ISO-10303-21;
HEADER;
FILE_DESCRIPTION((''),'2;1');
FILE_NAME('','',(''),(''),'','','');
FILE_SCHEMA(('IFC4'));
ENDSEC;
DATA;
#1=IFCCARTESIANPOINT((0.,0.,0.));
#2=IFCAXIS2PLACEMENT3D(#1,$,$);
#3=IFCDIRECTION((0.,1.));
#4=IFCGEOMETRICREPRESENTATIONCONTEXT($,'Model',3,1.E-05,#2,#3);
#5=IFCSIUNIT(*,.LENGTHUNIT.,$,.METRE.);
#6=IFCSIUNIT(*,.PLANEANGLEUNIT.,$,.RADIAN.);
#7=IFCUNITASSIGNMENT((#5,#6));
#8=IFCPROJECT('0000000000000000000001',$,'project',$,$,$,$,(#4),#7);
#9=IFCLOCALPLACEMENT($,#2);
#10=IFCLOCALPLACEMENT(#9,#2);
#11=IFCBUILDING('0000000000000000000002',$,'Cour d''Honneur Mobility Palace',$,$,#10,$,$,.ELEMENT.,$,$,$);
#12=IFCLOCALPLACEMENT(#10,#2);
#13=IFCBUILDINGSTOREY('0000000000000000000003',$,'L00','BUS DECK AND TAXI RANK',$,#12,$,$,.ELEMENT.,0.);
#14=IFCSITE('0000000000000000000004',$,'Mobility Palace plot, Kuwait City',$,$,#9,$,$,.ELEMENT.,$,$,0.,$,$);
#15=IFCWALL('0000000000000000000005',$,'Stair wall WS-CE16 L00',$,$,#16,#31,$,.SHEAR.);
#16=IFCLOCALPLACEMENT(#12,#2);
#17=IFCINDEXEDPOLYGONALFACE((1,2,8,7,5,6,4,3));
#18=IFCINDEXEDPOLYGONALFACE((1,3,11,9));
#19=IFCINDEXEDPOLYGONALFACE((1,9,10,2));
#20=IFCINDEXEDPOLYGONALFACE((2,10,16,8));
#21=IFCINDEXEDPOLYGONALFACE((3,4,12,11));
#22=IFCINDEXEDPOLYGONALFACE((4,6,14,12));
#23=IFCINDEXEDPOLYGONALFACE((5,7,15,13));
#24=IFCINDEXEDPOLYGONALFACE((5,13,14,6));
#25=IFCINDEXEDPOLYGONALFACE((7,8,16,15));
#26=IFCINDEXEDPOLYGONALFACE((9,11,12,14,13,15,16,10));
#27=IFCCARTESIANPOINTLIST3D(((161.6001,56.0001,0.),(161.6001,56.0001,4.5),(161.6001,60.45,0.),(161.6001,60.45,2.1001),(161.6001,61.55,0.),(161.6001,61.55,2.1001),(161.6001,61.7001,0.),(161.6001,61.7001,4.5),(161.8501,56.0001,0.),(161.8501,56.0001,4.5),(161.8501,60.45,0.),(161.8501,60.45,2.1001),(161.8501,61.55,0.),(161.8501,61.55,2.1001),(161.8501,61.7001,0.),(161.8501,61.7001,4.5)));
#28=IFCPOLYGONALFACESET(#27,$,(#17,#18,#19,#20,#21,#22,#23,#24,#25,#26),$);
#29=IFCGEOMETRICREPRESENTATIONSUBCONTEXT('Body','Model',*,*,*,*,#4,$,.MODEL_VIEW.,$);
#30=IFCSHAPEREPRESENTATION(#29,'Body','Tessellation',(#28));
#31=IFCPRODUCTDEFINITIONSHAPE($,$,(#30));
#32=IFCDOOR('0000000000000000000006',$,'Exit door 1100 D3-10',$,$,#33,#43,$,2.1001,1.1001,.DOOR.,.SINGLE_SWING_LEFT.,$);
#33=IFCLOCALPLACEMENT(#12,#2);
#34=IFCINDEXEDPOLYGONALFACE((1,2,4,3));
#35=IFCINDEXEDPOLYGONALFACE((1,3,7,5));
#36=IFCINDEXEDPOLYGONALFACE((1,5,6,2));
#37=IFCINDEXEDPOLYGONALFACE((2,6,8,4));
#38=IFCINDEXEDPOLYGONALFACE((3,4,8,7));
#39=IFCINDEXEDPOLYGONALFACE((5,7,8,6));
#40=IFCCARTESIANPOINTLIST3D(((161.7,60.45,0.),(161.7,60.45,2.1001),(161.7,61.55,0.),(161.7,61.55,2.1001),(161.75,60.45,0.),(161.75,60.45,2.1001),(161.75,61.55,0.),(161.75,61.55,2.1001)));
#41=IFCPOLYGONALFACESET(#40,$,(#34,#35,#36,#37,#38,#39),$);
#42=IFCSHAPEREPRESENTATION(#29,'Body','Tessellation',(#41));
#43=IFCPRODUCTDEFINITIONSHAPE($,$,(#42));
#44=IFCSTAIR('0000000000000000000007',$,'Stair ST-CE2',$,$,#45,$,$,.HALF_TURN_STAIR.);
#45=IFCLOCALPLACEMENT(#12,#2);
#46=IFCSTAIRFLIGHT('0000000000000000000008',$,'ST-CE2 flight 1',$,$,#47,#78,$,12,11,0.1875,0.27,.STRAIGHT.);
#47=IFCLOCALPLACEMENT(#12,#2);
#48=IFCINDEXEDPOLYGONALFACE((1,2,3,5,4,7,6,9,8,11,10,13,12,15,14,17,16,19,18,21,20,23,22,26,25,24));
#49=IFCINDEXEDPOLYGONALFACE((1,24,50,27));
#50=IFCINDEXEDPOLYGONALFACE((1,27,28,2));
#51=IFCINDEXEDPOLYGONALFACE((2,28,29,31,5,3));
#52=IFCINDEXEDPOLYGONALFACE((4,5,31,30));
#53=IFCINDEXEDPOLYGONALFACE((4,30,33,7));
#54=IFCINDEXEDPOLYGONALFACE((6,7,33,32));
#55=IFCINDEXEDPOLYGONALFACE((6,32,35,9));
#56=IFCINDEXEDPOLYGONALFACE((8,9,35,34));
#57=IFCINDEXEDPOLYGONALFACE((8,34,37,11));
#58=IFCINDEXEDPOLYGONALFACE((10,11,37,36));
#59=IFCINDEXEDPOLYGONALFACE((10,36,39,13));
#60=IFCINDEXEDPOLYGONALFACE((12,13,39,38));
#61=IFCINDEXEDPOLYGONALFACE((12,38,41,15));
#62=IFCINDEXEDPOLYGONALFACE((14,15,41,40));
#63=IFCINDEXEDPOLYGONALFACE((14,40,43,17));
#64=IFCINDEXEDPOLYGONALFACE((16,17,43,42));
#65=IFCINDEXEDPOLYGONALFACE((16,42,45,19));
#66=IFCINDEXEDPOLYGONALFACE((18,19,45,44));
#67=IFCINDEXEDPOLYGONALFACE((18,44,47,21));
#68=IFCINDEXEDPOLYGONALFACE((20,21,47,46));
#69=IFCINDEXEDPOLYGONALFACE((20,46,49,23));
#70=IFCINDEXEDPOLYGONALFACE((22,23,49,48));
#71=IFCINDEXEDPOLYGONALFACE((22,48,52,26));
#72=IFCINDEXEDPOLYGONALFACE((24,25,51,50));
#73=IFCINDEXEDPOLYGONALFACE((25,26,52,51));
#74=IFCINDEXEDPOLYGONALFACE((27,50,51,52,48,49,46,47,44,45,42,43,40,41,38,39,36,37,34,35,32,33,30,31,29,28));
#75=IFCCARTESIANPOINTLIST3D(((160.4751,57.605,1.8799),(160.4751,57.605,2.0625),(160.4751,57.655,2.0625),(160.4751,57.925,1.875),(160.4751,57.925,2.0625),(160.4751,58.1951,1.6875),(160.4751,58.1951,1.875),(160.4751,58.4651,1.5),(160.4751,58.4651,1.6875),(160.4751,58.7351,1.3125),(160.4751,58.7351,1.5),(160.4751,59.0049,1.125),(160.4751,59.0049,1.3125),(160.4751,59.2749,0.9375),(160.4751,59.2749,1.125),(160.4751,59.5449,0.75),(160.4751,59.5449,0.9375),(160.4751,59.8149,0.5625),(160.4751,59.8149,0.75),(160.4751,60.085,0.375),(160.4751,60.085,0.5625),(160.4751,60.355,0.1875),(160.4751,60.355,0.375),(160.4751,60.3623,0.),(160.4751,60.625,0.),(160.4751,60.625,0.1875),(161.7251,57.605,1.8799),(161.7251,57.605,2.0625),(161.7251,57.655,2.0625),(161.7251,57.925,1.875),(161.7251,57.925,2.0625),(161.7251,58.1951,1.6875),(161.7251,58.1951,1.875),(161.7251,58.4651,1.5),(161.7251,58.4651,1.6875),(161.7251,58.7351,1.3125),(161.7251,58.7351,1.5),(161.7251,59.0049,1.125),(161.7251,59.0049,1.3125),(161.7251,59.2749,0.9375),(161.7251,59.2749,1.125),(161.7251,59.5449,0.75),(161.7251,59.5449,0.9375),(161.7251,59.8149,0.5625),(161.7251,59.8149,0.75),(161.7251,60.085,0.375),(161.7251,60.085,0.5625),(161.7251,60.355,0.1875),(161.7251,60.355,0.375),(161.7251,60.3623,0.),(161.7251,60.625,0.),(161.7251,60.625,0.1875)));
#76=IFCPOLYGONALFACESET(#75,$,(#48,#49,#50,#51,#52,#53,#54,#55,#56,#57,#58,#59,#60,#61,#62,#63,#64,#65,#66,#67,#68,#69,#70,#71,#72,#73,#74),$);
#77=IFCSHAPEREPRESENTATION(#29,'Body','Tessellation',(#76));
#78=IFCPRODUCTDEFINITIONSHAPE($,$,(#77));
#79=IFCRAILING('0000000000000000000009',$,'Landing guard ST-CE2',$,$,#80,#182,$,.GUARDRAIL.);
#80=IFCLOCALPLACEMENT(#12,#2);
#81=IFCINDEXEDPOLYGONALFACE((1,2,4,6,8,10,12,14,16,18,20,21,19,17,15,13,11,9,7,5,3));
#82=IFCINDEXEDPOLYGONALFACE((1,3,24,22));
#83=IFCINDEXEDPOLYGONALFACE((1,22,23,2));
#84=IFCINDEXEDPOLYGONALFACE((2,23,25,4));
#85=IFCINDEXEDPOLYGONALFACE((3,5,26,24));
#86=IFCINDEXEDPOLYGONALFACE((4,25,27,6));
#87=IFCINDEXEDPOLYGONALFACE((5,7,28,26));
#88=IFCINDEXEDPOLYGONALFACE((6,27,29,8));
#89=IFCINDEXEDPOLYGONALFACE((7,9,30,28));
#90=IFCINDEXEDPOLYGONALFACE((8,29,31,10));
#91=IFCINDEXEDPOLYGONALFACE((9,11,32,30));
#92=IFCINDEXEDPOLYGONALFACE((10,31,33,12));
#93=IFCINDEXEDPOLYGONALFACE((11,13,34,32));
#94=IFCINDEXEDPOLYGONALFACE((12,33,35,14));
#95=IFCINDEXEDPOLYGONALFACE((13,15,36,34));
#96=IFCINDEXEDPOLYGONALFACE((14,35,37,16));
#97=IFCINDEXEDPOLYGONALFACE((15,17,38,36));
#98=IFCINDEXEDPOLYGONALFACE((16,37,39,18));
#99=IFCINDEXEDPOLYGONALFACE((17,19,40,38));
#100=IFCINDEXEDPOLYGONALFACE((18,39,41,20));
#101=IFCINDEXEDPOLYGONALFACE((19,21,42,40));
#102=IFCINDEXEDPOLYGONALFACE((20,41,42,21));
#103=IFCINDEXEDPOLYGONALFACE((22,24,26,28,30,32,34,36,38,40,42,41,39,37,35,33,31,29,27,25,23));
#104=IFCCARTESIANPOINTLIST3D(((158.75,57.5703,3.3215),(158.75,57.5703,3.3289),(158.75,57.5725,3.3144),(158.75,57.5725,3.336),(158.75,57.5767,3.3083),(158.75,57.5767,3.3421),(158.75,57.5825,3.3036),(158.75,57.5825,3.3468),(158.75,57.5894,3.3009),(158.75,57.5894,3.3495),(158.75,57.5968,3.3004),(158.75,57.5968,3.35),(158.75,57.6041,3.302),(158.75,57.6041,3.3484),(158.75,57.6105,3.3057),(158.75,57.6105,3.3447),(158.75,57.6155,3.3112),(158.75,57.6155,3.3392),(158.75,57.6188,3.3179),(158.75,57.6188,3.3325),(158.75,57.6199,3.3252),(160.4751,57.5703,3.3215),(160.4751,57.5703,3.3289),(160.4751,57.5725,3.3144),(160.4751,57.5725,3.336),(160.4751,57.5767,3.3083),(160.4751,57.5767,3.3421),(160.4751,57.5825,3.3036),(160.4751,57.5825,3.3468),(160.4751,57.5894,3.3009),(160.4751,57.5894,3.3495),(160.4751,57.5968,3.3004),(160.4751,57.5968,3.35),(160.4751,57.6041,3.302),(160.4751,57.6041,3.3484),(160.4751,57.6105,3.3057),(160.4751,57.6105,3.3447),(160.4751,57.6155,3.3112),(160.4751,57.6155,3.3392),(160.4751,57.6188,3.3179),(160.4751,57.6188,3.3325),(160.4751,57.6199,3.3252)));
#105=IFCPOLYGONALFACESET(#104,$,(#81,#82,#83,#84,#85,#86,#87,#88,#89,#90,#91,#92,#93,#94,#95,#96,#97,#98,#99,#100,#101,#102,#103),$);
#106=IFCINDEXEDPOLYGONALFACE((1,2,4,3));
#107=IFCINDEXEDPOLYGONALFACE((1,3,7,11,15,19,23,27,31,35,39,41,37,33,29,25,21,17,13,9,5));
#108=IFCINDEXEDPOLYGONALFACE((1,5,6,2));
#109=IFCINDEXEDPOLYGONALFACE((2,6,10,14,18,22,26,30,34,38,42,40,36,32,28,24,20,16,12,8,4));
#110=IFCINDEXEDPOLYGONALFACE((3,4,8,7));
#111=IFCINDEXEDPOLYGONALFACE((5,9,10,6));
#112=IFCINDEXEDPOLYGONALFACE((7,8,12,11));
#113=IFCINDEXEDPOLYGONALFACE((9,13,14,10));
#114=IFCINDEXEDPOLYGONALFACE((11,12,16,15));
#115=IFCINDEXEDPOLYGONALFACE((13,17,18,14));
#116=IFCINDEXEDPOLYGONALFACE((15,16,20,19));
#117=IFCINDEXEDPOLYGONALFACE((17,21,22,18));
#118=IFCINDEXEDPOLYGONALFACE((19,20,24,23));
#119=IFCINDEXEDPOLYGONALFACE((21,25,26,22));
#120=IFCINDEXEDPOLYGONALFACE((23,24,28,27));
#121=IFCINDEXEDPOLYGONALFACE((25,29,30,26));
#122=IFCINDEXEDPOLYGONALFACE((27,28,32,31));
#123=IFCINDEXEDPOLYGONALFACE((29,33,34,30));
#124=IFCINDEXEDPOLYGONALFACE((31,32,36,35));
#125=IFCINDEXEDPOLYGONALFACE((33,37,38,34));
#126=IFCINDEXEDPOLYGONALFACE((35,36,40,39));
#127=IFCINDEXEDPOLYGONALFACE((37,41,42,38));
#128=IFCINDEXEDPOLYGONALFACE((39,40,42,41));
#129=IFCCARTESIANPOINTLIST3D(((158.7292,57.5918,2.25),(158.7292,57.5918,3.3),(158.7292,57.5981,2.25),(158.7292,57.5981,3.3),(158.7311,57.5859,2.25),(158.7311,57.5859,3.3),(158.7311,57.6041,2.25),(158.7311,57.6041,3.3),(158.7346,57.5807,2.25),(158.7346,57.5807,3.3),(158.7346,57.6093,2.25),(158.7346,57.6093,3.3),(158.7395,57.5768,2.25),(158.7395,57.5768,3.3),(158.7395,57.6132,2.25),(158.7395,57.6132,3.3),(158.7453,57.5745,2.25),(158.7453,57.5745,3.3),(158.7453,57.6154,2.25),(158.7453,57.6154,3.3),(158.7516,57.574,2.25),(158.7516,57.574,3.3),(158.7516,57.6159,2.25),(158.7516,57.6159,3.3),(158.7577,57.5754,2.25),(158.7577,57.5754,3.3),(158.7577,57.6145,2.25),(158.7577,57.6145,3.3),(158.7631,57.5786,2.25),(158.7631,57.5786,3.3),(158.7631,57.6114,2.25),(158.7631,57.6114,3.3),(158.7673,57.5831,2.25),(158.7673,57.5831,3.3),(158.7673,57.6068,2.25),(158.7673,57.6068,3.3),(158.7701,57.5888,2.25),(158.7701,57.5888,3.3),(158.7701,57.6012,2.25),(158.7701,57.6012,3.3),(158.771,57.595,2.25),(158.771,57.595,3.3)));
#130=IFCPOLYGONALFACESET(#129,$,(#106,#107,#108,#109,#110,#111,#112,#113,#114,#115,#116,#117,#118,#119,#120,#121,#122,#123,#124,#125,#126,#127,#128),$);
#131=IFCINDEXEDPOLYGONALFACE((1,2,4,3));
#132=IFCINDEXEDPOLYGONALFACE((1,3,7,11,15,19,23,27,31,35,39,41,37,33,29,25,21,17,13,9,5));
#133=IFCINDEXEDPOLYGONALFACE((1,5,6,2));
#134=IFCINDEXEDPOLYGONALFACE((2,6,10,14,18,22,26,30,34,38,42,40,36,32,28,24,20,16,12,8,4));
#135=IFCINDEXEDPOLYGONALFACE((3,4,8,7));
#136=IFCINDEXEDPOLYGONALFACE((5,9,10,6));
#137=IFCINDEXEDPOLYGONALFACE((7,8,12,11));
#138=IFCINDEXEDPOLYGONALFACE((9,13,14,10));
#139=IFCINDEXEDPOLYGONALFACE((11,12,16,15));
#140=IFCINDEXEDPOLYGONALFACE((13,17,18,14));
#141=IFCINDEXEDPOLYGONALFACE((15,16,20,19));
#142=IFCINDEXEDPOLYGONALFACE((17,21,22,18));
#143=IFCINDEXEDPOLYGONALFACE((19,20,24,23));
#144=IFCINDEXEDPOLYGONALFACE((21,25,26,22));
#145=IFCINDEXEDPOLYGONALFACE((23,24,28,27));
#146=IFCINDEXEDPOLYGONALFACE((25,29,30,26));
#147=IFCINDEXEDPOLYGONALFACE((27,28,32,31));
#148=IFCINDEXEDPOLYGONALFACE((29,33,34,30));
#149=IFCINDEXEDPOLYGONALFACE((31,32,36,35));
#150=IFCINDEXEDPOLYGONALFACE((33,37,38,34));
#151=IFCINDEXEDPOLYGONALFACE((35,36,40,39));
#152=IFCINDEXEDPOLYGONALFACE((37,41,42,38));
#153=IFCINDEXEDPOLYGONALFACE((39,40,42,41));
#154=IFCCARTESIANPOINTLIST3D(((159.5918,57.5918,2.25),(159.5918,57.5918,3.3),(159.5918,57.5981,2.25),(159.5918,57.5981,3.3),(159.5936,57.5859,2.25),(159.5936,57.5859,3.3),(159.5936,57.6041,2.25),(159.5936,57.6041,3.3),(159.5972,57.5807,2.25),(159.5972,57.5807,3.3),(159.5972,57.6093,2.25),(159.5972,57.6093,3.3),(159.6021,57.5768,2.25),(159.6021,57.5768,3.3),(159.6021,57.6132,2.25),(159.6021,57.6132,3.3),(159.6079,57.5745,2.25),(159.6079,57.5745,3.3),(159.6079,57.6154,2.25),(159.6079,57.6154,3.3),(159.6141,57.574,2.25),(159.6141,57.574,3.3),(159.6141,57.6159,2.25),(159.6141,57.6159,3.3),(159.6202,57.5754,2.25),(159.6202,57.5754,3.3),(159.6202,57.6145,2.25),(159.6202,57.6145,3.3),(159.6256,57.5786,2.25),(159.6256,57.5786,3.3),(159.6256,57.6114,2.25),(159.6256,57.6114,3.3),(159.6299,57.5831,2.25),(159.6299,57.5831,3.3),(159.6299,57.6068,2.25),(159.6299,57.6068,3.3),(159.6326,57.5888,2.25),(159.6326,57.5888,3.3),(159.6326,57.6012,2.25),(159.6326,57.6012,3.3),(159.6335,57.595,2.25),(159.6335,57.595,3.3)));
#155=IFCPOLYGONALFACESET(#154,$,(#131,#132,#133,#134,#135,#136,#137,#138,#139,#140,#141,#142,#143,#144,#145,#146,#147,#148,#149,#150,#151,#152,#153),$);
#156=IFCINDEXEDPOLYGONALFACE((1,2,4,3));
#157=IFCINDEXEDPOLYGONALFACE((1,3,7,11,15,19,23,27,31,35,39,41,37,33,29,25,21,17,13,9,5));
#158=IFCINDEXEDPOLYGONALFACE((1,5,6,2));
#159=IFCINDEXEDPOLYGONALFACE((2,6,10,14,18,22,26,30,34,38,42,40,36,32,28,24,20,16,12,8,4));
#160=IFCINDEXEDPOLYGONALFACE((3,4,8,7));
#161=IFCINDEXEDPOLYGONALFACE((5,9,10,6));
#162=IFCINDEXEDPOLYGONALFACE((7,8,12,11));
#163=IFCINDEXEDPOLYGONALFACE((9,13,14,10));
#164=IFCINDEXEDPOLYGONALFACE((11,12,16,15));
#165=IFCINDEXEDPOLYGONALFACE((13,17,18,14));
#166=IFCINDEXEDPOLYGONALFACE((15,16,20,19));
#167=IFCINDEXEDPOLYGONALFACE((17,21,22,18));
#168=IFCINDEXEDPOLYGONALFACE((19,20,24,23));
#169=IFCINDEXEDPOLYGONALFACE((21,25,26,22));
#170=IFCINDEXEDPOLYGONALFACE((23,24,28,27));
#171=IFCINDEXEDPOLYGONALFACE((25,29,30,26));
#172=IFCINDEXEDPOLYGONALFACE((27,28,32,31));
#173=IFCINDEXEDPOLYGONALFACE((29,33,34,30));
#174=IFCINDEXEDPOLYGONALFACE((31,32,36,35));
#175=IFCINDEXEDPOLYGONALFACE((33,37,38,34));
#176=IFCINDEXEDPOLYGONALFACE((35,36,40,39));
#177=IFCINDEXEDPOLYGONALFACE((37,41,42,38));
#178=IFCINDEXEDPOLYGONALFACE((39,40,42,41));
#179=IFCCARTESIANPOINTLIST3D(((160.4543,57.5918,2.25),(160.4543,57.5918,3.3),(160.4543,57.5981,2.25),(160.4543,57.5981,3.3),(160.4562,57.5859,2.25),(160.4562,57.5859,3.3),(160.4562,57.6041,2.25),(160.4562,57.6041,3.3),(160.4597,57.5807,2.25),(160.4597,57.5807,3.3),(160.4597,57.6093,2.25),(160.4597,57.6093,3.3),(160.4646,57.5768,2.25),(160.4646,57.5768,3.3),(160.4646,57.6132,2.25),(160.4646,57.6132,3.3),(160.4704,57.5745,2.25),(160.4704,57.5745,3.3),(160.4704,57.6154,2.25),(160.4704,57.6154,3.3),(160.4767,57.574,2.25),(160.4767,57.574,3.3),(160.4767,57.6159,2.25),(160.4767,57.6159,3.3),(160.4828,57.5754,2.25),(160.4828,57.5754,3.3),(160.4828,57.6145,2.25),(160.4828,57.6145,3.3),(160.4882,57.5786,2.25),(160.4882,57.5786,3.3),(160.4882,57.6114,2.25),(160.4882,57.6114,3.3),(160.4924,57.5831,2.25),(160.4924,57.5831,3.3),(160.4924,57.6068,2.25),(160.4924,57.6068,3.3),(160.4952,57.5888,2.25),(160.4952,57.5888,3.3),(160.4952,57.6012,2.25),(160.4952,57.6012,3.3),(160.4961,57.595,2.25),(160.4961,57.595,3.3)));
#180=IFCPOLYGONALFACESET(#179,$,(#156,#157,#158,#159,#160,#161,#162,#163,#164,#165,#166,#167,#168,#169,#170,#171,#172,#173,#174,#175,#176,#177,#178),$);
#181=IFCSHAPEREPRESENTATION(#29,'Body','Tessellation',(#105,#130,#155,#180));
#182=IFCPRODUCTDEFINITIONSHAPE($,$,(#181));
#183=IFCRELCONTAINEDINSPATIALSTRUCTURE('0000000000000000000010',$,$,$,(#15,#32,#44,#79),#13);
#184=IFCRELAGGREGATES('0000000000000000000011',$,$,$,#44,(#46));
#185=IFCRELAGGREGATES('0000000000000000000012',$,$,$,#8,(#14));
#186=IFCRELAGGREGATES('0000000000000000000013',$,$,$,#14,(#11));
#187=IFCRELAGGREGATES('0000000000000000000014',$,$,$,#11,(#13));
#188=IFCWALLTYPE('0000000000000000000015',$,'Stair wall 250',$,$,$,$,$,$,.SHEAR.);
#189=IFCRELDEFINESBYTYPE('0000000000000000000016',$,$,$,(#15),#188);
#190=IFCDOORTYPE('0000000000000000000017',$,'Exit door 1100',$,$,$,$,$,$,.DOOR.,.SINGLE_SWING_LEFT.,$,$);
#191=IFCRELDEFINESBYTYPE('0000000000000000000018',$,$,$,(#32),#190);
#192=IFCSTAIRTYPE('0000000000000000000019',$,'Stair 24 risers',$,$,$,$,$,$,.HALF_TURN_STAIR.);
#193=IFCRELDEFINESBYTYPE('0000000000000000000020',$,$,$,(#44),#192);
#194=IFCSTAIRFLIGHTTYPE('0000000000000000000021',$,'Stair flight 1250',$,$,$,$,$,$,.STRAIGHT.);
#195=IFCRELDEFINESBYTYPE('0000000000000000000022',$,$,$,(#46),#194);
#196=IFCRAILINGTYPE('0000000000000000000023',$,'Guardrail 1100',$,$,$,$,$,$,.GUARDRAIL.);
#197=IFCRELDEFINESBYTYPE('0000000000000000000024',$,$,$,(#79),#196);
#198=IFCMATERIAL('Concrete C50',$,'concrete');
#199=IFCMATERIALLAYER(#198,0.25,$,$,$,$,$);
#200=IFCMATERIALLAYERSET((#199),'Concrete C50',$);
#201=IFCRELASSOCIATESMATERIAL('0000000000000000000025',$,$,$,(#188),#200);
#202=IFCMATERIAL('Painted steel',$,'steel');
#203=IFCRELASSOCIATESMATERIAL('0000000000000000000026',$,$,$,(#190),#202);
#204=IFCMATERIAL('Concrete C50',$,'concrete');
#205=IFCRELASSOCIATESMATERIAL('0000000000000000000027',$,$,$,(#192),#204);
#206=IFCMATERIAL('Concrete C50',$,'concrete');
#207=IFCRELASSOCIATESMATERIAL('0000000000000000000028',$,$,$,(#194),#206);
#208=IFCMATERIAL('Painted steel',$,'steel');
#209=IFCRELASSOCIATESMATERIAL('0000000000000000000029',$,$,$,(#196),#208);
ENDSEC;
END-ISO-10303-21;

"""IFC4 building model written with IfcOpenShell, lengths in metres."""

from ifc_helpers import new_model, si_unit, direction, frame, frame_2d, origin, origin_2d, place, context, subcontext, project, spatial, polyline, rectangle, circle, outline, extrude, material, layer, layer_set, type_object, element, fill, aggregate, save


model = new_model("IFC4")

# Units and contexts
model_context = context("Model", 3, precision=1e-05, world=origin(), true_north=direction((0.0, 1.0)))
body_context = subcontext(model_context, "Body", "Model", "MODEL_VIEW")
ifc_project = project(units=[si_unit("LENGTHUNIT", "METRE"), si_unit("PLANEANGLEUNIT", "RADIAN")], contexts=[model_context])

# Site, building, storey
site_placement = place(None, origin())
site = spatial("IfcSite", under=ifc_project, at=site_placement, Name="Mobility Palace plot, Kuwait City", CompositionType="ELEMENT", RefElevation=0.0)
building_placement = place(site_placement, origin())
building = spatial("IfcBuilding", under=site, at=building_placement, Name="Cour d'Honneur Mobility Palace", CompositionType="ELEMENT")
storey_placement = place(building_placement, origin())
storey = spatial("IfcBuildingStorey", under=building, at=storey_placement, Name="L00", Description="BUS DECK AND TAXI RANK", CompositionType="ELEMENT", Elevation=0.0)

# Shared definitions
ifc_material_1 = material(Name="Concrete C50", Category="concrete")
ifc_layer_1 = layer(ifc_material_1, 0.25)
ifc_layer_set_1 = layer_set([ifc_layer_1], Name="Concrete C50")
wall_type_1 = type_object("IfcWallType", Name="Stair wall 250", PredefinedType="SHEAR", material=ifc_layer_set_1)

# Wall, opening, door
wall_1_placement = place(storey_placement, frame((161.7251, 56.0, 0.0), z_axis=(0.0, 0.0, 1.0), x_axis=(0.0, 1.0, 0.0)))
wall_1 = element("IfcWall", 1, at=wall_1_placement, inside=storey, type_object=wall_type_1, Name="Stair wall WS-CE16 L00", PredefinedType="SHEAR", context=body_context, shape_type="SweptSolid", body=[
    extrude(rectangle(XDim=5.7, YDim=0.25, at=frame_2d((2.8501, 0.0))), origin(), (0.0, 0.0, 1.0), 4.5),
])
opening_1_placement = place(wall_1_placement, frame((4.45, 0.0, 0.0)))
opening_1 = element("IfcOpeningElement", 2, at=opening_1_placement, cuts=wall_1, PredefinedType="OPENING", context=body_context, shape_type="SweptSolid", body=[
    extrude(rectangle(XDim=1.1001, YDim=2.1001, at=frame_2d((0.55, 1.05))), frame((0.0, 0.135, 0.0), z_axis=(0.0, -1.0, 0.0), x_axis=(1.0, 0.0, 0.0)), (0.0, 0.0, 1.0), 0.27),
])
ifc_material_2 = material(Name="Painted steel", Category="steel")
door_type = type_object("IfcDoorType", Name="Exit door 1100", OperationType="SINGLE_SWING_LEFT", PredefinedType="DOOR", material=ifc_material_2)
door_placement = place(opening_1_placement, frame((1.1001, 0.0, 0.0), z_axis=(0.0, 0.0, 1.0), x_axis=(-1.0, 0.0, 0.0)))
door = element("IfcDoor", 3, at=door_placement, inside=storey, type_object=door_type, Name="Exit door 1100 D3-10", OperationType="SINGLE_SWING_LEFT", OverallHeight=2.1001, OverallWidth=1.1001, PredefinedType="DOOR", context=body_context, shape_type="SweptSolid", body=[
    extrude(rectangle(XDim=1.1001, YDim=2.1001, at=frame_2d((0.55, 1.05))), frame((0.0, 0.0249, 0.0), z_axis=(0.0, -1.0, 0.0), x_axis=(1.0, 0.0, 0.0)), (0.0, 0.0, 1.0), 0.05),
])
fill(opening_1, door)

# Stair, stair flight
ifc_material_3 = material(Name="Concrete C50", Category="concrete")
stair_type = type_object("IfcStairType", Name="Stair 24 risers", PredefinedType="HALF_TURN_STAIR", material=ifc_material_3)
stair_placement = place(storey_placement, origin())
stair = element("IfcStair", 4, at=stair_placement, inside=storey, type_object=stair_type, Name="Stair ST-CE2", PredefinedType="HALF_TURN_STAIR")
ifc_material_4 = material(Name="Concrete C50", Category="concrete")
stair_flight_type = type_object("IfcStairFlightType", Name="Stair flight 1250", PredefinedType="STRAIGHT", material=ifc_material_4)
stair_flight_placement = place(storey_placement, frame((161.1001, 60.625, 0.0), z_axis=(0.0, 0.0, 1.0), x_axis=(0.0, -1.0, 0.0)))
stair_flight = element("IfcStairFlight", 5, at=stair_flight_placement, type_object=stair_flight_type, Name="ST-CE2 flight 1", NumberOfRisers=12, NumberOfTreads=11, PredefinedType="STRAIGHT", RiserHeight=0.1875, TreadLength=0.27, context=body_context, shape_type="SweptSolid", body=[
    extrude(outline(polyline([(0.0, 0.0), (0.0, 0.1875), (0.27, 0.1875), (0.27, 0.375), (0.54, 0.375), (0.54, 0.5625), (0.8101, 0.5625), (0.8101, 0.75), (1.0801, 0.75), (1.0801, 0.9375), (1.3501, 0.9375), (1.3501, 1.125), (1.6201, 1.125), (1.6201, 1.3125), (1.8899, 1.3125), (1.8899, 1.5), (2.1599, 1.5), (2.1599, 1.6875), (2.4299, 1.6875), (2.4299, 1.875), (2.7, 1.875), (2.7, 2.0625), (2.97, 2.0625), (3.02, 2.0625), (3.02, 1.8799), (0.2627, 0.0), (0.0, 0.0)])), frame((0.0, 0.625, 0.0), z_axis=(0.0, -1.0, 0.0), x_axis=(1.0, 0.0, 0.0)), (0.0, 0.0, 1.0), 1.25),
])
aggregate(stair, [stair_flight])

# Railing
ifc_material_5 = material(Name="Painted steel", Category="steel")
railing_type_1 = type_object("IfcRailingType", Name="Guardrail 1100", PredefinedType="GUARDRAIL", material=ifc_material_5)
railing_1_placement = place(storey_placement, frame((158.75, 57.595, 2.25)))
element("IfcRailing", 6, at=railing_1_placement, inside=storey, type_object=railing_type_1, Name="Landing guard ST-CE2", PredefinedType="GUARDRAIL", context=body_context, shape_type="SweptSolid", body=[
    extrude(circle(Radius=0.0249, at=origin_2d()), frame((0.0, 0.0, 1.0752), z_axis=(1.0, 0.0, 0.0), x_axis=(0.0, 1.0, 0.0)), (0.0, 0.0, 1.0), 1.7251),
    extrude(circle(Radius=0.021, at=origin_2d()), origin(), (0.0, 0.0, 1.0), 1.05),
    extrude(circle(Radius=0.021, at=origin_2d()), frame((0.8625, 0.0, 0.0)), (0.0, 0.0, 1.0), 1.05),
    extrude(circle(Radius=0.021, at=origin_2d()), frame((1.7251, 0.0, 0.0)), (0.0, 0.0, 1.0), 1.05),
])

save(model, "model.ifc")
